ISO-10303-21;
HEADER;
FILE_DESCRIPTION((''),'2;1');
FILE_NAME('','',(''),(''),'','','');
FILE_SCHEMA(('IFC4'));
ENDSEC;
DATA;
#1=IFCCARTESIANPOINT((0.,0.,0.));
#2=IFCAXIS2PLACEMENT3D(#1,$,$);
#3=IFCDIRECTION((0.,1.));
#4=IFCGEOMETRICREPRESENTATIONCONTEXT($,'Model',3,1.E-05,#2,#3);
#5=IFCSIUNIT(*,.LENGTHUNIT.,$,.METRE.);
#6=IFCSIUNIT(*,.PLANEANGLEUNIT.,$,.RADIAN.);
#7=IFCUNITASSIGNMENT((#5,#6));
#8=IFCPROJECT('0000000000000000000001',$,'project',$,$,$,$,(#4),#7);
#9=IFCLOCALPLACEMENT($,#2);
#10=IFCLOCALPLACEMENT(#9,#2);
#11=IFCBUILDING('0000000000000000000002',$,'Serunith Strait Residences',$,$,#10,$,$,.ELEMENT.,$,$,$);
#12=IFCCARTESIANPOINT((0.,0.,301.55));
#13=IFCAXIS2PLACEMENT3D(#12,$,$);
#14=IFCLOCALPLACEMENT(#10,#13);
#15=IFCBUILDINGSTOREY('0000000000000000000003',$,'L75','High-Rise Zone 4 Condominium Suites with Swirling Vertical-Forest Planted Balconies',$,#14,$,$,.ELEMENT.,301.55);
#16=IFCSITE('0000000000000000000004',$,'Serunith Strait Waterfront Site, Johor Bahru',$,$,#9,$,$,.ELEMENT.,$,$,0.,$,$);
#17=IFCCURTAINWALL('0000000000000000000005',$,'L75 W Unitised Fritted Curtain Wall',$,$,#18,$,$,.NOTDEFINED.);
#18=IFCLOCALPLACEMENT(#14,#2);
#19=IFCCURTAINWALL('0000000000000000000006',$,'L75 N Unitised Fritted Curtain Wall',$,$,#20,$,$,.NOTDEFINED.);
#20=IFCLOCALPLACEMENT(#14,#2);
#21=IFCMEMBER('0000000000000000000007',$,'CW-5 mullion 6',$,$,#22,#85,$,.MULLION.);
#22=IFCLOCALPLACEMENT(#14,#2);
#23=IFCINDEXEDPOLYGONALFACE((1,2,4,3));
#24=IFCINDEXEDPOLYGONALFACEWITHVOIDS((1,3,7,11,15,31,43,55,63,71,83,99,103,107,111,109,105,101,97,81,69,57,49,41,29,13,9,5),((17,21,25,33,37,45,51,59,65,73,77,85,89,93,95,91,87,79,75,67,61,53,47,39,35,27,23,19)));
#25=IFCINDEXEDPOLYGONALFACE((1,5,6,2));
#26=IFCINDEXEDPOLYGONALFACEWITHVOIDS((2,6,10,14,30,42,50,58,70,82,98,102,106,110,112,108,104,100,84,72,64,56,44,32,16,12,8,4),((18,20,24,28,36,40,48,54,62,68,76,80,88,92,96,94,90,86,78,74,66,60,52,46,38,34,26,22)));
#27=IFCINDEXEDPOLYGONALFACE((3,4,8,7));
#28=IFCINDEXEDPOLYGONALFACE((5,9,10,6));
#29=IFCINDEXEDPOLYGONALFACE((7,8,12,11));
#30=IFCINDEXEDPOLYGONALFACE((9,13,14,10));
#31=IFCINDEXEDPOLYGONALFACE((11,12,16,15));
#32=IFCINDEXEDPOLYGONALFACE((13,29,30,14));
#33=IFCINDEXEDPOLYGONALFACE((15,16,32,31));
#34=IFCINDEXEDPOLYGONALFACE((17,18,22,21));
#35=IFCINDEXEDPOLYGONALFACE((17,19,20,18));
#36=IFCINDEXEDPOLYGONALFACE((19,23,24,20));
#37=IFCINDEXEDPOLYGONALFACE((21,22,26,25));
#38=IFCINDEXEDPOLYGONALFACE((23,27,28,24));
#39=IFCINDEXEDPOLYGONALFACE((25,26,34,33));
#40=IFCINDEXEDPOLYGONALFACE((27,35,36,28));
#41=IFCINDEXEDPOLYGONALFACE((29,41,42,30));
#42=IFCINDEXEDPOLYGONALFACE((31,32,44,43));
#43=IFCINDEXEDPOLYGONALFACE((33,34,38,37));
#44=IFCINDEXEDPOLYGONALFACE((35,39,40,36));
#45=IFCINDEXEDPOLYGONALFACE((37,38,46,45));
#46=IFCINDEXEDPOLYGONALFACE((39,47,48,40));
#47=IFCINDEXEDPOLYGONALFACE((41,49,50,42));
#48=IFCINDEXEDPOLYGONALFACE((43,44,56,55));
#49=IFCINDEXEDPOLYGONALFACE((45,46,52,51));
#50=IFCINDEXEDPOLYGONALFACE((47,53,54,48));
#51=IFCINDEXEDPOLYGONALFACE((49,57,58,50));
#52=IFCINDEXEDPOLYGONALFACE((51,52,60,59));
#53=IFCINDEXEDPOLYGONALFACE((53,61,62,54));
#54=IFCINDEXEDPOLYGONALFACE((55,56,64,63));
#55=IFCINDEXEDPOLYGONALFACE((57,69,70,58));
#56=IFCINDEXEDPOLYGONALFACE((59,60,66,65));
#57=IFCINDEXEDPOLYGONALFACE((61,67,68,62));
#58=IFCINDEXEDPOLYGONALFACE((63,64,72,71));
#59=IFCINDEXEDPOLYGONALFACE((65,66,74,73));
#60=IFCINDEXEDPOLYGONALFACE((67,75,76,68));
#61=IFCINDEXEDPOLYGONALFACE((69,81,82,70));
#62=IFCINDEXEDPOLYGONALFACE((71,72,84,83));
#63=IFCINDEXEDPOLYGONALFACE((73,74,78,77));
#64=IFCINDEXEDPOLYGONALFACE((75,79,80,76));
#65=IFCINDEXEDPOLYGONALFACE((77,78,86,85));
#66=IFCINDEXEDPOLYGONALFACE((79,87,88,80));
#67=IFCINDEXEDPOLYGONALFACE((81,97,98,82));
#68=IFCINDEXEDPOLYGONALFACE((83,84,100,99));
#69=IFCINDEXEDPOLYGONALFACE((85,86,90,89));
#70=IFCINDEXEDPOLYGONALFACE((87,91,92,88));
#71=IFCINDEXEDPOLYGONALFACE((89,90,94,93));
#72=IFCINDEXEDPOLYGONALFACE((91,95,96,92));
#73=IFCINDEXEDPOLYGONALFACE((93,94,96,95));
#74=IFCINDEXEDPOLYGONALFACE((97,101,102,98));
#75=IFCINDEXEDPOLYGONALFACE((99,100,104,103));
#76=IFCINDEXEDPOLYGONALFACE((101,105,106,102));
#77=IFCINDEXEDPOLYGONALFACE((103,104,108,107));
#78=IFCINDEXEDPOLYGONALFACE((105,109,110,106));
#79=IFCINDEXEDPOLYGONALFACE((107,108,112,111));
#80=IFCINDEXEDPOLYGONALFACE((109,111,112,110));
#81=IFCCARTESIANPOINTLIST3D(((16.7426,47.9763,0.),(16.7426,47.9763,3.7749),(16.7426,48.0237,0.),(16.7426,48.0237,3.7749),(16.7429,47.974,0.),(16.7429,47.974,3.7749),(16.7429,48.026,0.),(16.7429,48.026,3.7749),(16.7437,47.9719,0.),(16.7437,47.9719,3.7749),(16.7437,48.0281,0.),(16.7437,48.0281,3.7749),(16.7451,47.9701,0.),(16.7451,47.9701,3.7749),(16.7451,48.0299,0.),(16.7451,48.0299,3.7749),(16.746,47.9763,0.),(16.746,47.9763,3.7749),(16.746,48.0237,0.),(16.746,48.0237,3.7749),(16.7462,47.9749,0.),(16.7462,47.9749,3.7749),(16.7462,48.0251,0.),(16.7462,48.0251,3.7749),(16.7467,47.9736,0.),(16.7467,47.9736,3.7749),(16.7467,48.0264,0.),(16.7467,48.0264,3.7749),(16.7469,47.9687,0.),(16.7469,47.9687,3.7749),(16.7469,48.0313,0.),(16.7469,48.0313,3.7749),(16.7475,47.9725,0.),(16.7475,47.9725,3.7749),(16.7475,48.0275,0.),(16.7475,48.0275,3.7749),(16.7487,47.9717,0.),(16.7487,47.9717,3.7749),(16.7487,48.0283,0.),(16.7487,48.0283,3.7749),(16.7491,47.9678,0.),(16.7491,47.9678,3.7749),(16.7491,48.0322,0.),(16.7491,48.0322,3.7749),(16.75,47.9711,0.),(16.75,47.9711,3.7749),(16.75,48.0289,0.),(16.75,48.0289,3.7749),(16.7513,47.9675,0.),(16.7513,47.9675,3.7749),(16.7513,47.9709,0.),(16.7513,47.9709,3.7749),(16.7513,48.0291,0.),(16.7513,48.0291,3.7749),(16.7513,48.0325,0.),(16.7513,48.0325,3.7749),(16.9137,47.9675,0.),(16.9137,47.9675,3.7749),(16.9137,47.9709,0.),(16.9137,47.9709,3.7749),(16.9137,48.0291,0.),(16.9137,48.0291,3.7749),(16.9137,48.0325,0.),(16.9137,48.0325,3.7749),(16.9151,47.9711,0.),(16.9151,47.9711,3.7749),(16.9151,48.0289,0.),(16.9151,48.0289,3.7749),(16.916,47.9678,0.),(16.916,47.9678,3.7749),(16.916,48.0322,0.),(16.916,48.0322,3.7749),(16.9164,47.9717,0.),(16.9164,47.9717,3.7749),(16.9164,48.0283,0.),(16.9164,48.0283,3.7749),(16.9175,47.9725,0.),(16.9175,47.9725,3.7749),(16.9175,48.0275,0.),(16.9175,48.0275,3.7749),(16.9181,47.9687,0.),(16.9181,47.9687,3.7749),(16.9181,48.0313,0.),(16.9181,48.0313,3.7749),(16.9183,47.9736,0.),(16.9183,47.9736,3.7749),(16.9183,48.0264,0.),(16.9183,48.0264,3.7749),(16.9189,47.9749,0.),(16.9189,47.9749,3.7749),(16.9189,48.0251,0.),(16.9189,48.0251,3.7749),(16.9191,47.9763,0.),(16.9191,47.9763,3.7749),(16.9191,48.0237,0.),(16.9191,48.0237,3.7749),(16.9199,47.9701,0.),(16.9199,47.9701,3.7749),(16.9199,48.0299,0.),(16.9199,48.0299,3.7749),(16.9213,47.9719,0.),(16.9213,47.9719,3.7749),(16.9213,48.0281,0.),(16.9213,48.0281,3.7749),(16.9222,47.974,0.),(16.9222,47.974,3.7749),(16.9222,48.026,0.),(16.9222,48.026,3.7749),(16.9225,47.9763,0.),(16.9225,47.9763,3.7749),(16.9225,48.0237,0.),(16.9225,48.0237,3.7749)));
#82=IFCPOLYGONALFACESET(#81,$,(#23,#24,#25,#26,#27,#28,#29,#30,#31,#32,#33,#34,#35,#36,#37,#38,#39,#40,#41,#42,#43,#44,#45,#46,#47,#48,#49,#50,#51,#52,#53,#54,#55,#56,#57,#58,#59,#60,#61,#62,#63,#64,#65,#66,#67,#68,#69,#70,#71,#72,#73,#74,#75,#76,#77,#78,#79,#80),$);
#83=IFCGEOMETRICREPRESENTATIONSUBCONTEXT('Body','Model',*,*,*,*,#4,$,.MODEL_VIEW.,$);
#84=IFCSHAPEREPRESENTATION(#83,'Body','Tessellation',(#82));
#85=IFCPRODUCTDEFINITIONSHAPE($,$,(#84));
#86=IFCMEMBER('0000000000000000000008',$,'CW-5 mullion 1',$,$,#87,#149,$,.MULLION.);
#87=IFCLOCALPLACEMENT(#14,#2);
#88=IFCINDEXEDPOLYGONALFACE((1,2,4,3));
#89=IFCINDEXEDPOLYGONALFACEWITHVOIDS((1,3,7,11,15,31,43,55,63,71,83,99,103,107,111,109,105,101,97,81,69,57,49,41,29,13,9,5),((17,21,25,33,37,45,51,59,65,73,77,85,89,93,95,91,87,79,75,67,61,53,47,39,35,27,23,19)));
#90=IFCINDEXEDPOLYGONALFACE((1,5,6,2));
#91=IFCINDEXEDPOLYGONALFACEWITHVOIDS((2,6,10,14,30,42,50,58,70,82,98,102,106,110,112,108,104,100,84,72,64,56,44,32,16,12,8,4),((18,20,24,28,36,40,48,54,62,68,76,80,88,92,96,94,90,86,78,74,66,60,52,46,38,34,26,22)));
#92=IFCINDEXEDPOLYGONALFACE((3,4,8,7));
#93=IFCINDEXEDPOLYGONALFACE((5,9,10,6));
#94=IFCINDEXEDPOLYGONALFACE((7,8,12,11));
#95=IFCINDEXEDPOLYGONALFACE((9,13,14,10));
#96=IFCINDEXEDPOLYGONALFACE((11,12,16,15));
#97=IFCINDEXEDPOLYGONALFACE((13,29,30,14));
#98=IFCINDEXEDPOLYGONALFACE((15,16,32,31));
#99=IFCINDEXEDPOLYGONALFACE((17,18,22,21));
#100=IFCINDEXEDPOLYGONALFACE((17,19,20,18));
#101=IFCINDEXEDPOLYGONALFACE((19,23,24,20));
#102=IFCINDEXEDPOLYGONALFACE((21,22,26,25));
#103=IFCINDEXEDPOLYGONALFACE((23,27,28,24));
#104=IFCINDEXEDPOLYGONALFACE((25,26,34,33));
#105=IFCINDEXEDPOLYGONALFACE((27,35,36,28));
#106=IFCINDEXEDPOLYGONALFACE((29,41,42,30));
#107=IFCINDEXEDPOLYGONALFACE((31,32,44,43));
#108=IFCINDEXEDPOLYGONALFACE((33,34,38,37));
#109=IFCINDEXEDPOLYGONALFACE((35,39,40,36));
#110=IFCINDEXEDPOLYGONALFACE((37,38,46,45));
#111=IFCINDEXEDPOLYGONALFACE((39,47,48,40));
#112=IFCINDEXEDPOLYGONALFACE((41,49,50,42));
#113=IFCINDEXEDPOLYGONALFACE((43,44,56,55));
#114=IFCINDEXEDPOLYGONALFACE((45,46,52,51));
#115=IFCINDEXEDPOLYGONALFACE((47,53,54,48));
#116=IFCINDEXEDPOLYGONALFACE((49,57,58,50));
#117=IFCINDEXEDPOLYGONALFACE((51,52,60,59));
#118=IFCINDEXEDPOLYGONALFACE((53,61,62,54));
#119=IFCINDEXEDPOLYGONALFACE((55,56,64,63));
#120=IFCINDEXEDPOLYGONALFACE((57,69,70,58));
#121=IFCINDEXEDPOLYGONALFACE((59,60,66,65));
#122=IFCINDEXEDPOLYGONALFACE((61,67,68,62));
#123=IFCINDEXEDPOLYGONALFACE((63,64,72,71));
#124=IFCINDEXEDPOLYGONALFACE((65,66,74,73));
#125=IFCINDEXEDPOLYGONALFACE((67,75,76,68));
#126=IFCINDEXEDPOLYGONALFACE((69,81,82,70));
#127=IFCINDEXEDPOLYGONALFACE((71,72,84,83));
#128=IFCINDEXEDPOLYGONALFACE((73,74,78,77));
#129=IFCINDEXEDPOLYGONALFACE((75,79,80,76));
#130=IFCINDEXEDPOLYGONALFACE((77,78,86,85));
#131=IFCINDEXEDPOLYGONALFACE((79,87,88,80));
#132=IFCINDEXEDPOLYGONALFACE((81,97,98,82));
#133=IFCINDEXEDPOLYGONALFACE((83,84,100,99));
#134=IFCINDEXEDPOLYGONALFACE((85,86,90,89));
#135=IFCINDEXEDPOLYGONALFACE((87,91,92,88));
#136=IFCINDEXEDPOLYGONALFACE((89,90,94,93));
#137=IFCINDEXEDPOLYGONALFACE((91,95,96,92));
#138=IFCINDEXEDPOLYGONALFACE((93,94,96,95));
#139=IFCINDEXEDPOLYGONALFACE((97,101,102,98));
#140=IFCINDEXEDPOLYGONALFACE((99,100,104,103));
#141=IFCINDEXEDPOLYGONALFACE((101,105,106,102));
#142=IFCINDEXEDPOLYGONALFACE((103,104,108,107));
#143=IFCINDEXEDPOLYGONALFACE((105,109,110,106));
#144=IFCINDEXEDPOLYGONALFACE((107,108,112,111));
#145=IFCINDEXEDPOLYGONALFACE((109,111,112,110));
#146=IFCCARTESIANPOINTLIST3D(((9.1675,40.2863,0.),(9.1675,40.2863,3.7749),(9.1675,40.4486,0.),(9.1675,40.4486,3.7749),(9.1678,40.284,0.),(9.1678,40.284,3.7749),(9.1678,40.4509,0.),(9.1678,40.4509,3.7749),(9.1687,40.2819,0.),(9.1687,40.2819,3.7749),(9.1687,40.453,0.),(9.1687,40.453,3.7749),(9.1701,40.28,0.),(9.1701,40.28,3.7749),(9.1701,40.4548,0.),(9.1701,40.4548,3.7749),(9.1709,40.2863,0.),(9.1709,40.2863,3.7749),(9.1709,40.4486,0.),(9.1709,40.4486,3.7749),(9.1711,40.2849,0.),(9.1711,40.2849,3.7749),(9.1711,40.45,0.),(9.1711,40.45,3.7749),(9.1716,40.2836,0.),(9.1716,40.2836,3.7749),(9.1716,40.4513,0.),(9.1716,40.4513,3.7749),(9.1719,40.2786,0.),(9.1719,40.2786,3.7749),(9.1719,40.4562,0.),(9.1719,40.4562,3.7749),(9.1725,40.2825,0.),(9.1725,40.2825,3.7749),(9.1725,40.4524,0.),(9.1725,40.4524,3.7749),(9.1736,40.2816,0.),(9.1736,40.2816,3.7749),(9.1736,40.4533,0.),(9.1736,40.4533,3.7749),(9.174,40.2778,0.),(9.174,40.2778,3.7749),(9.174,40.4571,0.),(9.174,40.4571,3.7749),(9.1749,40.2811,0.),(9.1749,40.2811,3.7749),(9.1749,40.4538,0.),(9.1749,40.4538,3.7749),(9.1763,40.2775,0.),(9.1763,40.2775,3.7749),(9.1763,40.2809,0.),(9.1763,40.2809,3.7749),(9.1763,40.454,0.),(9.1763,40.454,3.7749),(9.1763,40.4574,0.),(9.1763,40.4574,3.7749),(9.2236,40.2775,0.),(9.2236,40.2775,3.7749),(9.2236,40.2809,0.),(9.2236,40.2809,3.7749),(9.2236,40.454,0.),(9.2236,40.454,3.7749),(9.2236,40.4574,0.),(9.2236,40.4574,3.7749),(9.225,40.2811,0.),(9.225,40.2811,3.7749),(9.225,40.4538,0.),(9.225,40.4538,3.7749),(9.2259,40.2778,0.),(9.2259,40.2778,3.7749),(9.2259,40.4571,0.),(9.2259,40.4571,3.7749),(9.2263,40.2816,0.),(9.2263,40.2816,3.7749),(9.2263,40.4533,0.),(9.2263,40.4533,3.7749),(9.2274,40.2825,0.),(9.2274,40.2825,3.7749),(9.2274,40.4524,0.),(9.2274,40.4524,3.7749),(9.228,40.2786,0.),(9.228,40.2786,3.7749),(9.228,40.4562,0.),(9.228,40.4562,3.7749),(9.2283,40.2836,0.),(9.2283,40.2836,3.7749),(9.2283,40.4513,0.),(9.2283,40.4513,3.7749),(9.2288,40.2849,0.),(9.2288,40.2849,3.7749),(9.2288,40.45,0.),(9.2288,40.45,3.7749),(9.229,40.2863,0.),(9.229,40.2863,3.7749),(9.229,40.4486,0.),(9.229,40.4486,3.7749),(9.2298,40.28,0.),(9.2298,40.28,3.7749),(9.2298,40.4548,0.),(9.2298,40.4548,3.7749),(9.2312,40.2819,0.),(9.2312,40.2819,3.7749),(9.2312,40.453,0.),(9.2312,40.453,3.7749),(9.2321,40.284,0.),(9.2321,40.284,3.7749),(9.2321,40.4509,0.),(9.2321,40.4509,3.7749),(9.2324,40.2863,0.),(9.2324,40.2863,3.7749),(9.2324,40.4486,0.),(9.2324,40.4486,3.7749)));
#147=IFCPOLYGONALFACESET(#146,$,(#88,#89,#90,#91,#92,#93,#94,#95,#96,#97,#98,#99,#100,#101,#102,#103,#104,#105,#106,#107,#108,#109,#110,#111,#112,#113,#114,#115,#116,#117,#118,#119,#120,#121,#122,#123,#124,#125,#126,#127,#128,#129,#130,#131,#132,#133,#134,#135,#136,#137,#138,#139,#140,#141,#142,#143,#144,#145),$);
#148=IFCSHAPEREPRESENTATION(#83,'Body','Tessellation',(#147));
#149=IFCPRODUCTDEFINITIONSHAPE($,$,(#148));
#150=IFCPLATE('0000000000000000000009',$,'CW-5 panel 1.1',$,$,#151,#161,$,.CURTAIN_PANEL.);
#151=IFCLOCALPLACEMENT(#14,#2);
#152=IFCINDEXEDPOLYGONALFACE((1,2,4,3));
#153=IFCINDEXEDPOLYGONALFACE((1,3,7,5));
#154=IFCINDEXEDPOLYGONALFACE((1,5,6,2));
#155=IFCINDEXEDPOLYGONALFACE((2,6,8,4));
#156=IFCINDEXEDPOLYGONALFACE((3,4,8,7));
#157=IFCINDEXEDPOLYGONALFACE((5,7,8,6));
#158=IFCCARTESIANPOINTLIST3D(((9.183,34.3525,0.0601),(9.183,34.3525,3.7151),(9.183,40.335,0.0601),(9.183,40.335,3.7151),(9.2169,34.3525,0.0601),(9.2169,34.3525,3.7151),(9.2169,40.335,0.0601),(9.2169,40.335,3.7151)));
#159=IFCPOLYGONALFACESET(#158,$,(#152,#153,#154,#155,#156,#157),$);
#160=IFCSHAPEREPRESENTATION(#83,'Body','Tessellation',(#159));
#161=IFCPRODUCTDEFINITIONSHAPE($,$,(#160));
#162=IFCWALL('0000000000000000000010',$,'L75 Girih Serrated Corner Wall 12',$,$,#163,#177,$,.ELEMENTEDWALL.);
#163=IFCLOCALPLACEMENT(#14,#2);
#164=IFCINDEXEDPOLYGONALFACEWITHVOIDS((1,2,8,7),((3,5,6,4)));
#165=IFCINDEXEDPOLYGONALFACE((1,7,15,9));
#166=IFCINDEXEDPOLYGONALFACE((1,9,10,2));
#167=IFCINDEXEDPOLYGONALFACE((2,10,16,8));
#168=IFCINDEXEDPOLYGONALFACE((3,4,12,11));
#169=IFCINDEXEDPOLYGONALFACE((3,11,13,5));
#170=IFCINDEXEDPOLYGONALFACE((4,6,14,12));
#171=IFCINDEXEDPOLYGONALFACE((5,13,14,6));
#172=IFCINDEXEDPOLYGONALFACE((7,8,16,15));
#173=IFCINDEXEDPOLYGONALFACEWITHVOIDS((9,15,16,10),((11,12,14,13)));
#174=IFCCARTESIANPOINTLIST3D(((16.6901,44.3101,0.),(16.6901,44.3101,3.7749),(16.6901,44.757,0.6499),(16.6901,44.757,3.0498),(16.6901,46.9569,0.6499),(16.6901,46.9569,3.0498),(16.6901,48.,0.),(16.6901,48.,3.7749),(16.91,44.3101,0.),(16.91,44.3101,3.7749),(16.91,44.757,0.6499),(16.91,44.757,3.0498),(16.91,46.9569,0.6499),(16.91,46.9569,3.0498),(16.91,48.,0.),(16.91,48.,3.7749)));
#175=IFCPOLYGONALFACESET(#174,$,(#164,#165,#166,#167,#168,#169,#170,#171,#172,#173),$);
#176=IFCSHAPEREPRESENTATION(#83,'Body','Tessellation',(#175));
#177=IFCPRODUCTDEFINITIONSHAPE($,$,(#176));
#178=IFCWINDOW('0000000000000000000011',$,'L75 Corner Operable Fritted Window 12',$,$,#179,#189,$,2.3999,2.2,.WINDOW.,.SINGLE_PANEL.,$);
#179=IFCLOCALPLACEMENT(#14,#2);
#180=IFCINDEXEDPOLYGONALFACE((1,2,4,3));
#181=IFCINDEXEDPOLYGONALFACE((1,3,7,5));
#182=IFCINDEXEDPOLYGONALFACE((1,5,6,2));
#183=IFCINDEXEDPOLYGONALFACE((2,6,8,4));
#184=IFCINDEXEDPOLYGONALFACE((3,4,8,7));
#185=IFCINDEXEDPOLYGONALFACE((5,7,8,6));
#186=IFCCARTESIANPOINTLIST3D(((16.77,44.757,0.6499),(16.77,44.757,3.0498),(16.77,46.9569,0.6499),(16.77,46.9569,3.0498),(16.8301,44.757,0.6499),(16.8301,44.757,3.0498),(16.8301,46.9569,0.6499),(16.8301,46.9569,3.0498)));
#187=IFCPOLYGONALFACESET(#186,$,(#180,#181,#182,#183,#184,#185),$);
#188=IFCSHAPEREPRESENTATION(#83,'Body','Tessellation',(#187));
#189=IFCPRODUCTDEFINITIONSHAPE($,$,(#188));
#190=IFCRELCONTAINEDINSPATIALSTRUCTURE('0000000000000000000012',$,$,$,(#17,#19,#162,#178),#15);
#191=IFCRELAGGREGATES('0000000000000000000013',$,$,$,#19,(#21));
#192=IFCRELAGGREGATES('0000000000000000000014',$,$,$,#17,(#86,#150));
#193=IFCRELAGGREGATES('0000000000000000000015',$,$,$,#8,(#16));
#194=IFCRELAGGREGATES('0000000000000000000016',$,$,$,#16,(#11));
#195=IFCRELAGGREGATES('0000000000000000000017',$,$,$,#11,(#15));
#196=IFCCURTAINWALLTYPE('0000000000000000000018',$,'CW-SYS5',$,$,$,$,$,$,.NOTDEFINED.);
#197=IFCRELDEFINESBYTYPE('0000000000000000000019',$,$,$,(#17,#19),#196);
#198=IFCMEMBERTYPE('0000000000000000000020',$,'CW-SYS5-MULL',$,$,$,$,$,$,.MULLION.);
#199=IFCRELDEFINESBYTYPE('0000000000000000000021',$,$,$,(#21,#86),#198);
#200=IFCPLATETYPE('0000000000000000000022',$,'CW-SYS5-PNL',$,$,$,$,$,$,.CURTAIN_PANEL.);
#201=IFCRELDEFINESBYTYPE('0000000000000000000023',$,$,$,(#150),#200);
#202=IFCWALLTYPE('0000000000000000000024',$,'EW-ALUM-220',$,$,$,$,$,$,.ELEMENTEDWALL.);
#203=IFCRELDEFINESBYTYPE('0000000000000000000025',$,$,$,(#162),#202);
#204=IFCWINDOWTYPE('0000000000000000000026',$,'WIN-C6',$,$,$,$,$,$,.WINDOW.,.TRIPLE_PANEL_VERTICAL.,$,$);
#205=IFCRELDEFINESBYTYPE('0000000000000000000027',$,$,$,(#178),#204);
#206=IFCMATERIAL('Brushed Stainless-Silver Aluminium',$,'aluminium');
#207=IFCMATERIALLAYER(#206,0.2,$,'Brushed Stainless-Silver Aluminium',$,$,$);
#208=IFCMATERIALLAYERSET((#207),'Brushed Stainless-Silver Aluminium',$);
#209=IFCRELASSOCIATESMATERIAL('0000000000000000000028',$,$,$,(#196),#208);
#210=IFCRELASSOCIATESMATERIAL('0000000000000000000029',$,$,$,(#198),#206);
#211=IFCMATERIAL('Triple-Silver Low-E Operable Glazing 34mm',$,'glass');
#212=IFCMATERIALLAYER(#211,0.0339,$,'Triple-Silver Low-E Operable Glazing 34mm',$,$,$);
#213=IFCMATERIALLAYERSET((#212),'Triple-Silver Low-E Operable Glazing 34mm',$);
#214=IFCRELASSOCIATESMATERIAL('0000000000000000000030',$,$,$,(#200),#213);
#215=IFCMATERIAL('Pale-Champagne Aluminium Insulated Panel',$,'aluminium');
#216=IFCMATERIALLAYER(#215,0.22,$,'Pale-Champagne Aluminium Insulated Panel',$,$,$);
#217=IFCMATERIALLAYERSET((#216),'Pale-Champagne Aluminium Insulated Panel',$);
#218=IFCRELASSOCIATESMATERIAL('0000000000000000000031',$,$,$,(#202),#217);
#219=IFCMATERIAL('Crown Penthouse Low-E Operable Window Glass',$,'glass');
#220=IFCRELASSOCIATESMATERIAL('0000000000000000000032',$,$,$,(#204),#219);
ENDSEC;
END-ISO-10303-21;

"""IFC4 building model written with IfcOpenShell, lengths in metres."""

from ifc_helpers import new_model, si_unit, direction, frame, frame_2d, origin, origin_2d, place, context, subcontext, project, spatial, rectangle, hollow_rectangle, extrude, source, transform, mapped, material, layer, layer_set, material_profile, profile_set, type_object, element, fill, aggregate, save


model = new_model("IFC4")

# Units and contexts
model_context = context("Model", 3, precision=1e-05, world=origin(), true_north=direction((0.0, 1.0)))
body_context = subcontext(model_context, "Body", "Model", "MODEL_VIEW")
ifc_project = project(units=[si_unit("LENGTHUNIT", "METRE"), si_unit("PLANEANGLEUNIT", "RADIAN")], contexts=[model_context])

# Site, building, storey
site_placement = place(None, origin())
site = spatial("IfcSite", under=ifc_project, at=site_placement, Name="Serunith Strait Waterfront Site, Johor Bahru", CompositionType="ELEMENT", RefElevation=0.0)
building_placement = place(site_placement, origin())
building = spatial("IfcBuilding", under=site, at=building_placement, Name="Serunith Strait Residences", CompositionType="ELEMENT")
storey_placement = place(building_placement, frame((0.0, 0.0, 301.55)))
storey = spatial("IfcBuildingStorey", under=building, at=storey_placement, Name="L75", Description="High-Rise Zone 4 Condominium Suites with Swirling Vertical-Forest Planted Balconies", CompositionType="ELEMENT", Elevation=301.55)

# Curtain wall
ifc_material_1 = material(Name="Brushed Stainless-Silver Aluminium", Category="aluminium")
ifc_layer_1 = layer(ifc_material_1, 0.2, Name="Brushed Stainless-Silver Aluminium")
ifc_layer_set_1 = layer_set([ifc_layer_1], Name="Brushed Stainless-Silver Aluminium")
curtain_wall_type = type_object("IfcCurtainWallType", Name="CW-SYS5", PredefinedType="NOTDEFINED", material=ifc_layer_set_1)
curtain_wall_1_placement = place(storey_placement, origin())
curtain_wall_1 = element("IfcCurtainWall", 1, at=curtain_wall_1_placement, inside=storey, type_object=curtain_wall_type, Name="L75 W Unitised Fritted Curtain Wall", PredefinedType="NOTDEFINED")

# Curtain wall, member
curtain_wall_2_placement = place(storey_placement, origin())
curtain_wall_2 = element("IfcCurtainWall", 2, at=curtain_wall_2_placement, inside=storey, type_object=curtain_wall_type, Name="L75 N Unitised Fritted Curtain Wall", PredefinedType="NOTDEFINED")
ifc_material_profile_1 = material_profile(ifc_material_1, hollow_rectangle(XDim=0.0649, YDim=0.1799, WallThickness=0.0034, InnerFilletRadius=0.0054, OuterFilletRadius=0.0088, at=origin_2d()), Name="ALU 180x65x3.5")
ifc_profile_set_1 = profile_set([ifc_material_profile_1], Name="Brushed Stainless-Silver Aluminium")
member_type_1 = type_object("IfcMemberType", Name="CW-SYS5-MULL", PredefinedType="MULLION", material=ifc_profile_set_1)
shared_shape_1 = source(origin(), body_context, "Body", "SweptSolid", [
    extrude(hollow_rectangle(XDim=0.0649, YDim=0.1799, WallThickness=0.0034, InnerFilletRadius=0.0054, OuterFilletRadius=0.0088, at=origin_2d()), origin(), (0.0, 0.0, 1.0), 3.7749),
])
member_1_placement = place(storey_placement, frame((16.8325, 48.0, 0.0), z_axis=(0.0, 0.0, 1.0), x_axis=(0.0, -1.0, 0.0)))
member_1 = element("IfcMember", 3, at=member_1_placement, type_object=member_type_1, Name="CW-5 mullion 6", PredefinedType="MULLION", context=body_context, shape_type="MappedRepresentation", body=[
    mapped(shared_shape_1, transform((0.0, 0.0, 0.0), scale=1.0)),
])
aggregate(curtain_wall_2, [member_1])

# Member
member_2_placement = place(storey_placement, frame((9.2, 40.3674, 0.0), z_axis=(0.0, 0.0, 1.0), x_axis=(1.0, 0.0, 0.0)))
member_2 = element("IfcMember", 4, at=member_2_placement, type_object=member_type_1, Name="CW-5 mullion 1", PredefinedType="MULLION", context=body_context, shape_type="MappedRepresentation", body=[
    mapped(shared_shape_1, transform((0.0, 0.0, 0.0), scale=1.0)),
])

# Plate
ifc_material_2 = material(Name="Triple-Silver Low-E Operable Glazing 34mm", Category="glass")
ifc_layer_2 = layer(ifc_material_2, 0.0339, Name="Triple-Silver Low-E Operable Glazing 34mm")
ifc_layer_set_2 = layer_set([ifc_layer_2], Name="Triple-Silver Low-E Operable Glazing 34mm")
plate_type = type_object("IfcPlateType", Name="CW-SYS5-PNL", PredefinedType="CURTAIN_PANEL", material=ifc_layer_set_2)
shared_shape_2 = source(origin(), body_context, "Body", "SweptSolid", [
    extrude(rectangle(XDim=5.9824, YDim=0.0339, at=origin_2d()), origin(), (0.0, 0.0, 1.0), 3.655),
])
plate_placement = place(storey_placement, frame((9.2, 37.3438, 0.0601), z_axis=(0.0, 0.0, 1.0), x_axis=(0.0, -1.0, 0.0)))
plate = element("IfcPlate", 5, at=plate_placement, type_object=plate_type, Name="CW-5 panel 1.1", PredefinedType="CURTAIN_PANEL", context=body_context, shape_type="MappedRepresentation", body=[
    mapped(shared_shape_2, transform((0.0, 0.0, 0.0), scale=1.0)),
])
aggregate(curtain_wall_1, [member_2, plate])

# Wall, opening, window
ifc_material_3 = material(Name="Pale-Champagne Aluminium Insulated Panel", Category="aluminium")
ifc_layer_3 = layer(ifc_material_3, 0.22, Name="Pale-Champagne Aluminium Insulated Panel")
ifc_layer_set_3 = layer_set([ifc_layer_3], Name="Pale-Champagne Aluminium Insulated Panel")
wall_type_1 = type_object("IfcWallType", Name="EW-ALUM-220", PredefinedType="ELEMENTEDWALL", material=ifc_layer_set_3)
wall_1_placement = place(storey_placement, frame((16.8, 48.0, 0.0), z_axis=(0.0, 0.0, 1.0), x_axis=(0.0, -1.0, 0.0)))
wall_1 = element("IfcWall", 6, at=wall_1_placement, inside=storey, type_object=wall_type_1, Name="L75 Girih Serrated Corner Wall 12", PredefinedType="ELEMENTEDWALL", context=body_context, shape_type="SweptSolid", body=[
    extrude(rectangle(XDim=3.6899, YDim=0.22, at=frame_2d((1.845, 0.0))), origin(), (0.0, 0.0, 1.0), 3.7749),
])
opening_1_placement = place(wall_1_placement, frame((1.043, 0.0, 0.6499)))
opening_1 = element("IfcOpeningElement", 7, at=opening_1_placement, cuts=wall_1, PredefinedType="OPENING", context=body_context, shape_type="SweptSolid", body=[
    extrude(rectangle(XDim=2.2, YDim=2.3999, at=frame_2d((1.1001, 1.2))), frame((0.0, 0.1201, 0.0), z_axis=(0.0, -1.0, 0.0), x_axis=(1.0, 0.0, 0.0)), (0.0, 0.0, 1.0), 0.24),
])
ifc_material_4 = material(Name="Crown Penthouse Low-E Operable Window Glass", Category="glass")
window_type = type_object("IfcWindowType", Name="WIN-C6", PartitioningType="TRIPLE_PANEL_VERTICAL", PredefinedType="WINDOW", material=ifc_material_4)
shared_shape_3 = source(origin(), body_context, "Body", "SweptSolid", [
    extrude(rectangle(XDim=2.2, YDim=2.3999, at=frame_2d((1.1001, 1.2))), frame((0.0, 0.03, 0.0), z_axis=(0.0, -1.0, 0.0), x_axis=(1.0, 0.0, 0.0)), (0.0, 0.0, 1.0), 0.0601),
])
window_1_placement = place(opening_1_placement, origin())
window_1 = element("IfcWindow", 8, at=window_1_placement, inside=storey, type_object=window_type, Name="L75 Corner Operable Fritted Window 12", OverallHeight=2.3999, OverallWidth=2.2, PartitioningType="SINGLE_PANEL", PredefinedType="WINDOW", context=body_context, shape_type="MappedRepresentation", body=[
    mapped(shared_shape_3, transform((0.0, 0.0, 0.0), scale=1.0)),
])
fill(opening_1, window_1)

save(model, "model.ifc")
